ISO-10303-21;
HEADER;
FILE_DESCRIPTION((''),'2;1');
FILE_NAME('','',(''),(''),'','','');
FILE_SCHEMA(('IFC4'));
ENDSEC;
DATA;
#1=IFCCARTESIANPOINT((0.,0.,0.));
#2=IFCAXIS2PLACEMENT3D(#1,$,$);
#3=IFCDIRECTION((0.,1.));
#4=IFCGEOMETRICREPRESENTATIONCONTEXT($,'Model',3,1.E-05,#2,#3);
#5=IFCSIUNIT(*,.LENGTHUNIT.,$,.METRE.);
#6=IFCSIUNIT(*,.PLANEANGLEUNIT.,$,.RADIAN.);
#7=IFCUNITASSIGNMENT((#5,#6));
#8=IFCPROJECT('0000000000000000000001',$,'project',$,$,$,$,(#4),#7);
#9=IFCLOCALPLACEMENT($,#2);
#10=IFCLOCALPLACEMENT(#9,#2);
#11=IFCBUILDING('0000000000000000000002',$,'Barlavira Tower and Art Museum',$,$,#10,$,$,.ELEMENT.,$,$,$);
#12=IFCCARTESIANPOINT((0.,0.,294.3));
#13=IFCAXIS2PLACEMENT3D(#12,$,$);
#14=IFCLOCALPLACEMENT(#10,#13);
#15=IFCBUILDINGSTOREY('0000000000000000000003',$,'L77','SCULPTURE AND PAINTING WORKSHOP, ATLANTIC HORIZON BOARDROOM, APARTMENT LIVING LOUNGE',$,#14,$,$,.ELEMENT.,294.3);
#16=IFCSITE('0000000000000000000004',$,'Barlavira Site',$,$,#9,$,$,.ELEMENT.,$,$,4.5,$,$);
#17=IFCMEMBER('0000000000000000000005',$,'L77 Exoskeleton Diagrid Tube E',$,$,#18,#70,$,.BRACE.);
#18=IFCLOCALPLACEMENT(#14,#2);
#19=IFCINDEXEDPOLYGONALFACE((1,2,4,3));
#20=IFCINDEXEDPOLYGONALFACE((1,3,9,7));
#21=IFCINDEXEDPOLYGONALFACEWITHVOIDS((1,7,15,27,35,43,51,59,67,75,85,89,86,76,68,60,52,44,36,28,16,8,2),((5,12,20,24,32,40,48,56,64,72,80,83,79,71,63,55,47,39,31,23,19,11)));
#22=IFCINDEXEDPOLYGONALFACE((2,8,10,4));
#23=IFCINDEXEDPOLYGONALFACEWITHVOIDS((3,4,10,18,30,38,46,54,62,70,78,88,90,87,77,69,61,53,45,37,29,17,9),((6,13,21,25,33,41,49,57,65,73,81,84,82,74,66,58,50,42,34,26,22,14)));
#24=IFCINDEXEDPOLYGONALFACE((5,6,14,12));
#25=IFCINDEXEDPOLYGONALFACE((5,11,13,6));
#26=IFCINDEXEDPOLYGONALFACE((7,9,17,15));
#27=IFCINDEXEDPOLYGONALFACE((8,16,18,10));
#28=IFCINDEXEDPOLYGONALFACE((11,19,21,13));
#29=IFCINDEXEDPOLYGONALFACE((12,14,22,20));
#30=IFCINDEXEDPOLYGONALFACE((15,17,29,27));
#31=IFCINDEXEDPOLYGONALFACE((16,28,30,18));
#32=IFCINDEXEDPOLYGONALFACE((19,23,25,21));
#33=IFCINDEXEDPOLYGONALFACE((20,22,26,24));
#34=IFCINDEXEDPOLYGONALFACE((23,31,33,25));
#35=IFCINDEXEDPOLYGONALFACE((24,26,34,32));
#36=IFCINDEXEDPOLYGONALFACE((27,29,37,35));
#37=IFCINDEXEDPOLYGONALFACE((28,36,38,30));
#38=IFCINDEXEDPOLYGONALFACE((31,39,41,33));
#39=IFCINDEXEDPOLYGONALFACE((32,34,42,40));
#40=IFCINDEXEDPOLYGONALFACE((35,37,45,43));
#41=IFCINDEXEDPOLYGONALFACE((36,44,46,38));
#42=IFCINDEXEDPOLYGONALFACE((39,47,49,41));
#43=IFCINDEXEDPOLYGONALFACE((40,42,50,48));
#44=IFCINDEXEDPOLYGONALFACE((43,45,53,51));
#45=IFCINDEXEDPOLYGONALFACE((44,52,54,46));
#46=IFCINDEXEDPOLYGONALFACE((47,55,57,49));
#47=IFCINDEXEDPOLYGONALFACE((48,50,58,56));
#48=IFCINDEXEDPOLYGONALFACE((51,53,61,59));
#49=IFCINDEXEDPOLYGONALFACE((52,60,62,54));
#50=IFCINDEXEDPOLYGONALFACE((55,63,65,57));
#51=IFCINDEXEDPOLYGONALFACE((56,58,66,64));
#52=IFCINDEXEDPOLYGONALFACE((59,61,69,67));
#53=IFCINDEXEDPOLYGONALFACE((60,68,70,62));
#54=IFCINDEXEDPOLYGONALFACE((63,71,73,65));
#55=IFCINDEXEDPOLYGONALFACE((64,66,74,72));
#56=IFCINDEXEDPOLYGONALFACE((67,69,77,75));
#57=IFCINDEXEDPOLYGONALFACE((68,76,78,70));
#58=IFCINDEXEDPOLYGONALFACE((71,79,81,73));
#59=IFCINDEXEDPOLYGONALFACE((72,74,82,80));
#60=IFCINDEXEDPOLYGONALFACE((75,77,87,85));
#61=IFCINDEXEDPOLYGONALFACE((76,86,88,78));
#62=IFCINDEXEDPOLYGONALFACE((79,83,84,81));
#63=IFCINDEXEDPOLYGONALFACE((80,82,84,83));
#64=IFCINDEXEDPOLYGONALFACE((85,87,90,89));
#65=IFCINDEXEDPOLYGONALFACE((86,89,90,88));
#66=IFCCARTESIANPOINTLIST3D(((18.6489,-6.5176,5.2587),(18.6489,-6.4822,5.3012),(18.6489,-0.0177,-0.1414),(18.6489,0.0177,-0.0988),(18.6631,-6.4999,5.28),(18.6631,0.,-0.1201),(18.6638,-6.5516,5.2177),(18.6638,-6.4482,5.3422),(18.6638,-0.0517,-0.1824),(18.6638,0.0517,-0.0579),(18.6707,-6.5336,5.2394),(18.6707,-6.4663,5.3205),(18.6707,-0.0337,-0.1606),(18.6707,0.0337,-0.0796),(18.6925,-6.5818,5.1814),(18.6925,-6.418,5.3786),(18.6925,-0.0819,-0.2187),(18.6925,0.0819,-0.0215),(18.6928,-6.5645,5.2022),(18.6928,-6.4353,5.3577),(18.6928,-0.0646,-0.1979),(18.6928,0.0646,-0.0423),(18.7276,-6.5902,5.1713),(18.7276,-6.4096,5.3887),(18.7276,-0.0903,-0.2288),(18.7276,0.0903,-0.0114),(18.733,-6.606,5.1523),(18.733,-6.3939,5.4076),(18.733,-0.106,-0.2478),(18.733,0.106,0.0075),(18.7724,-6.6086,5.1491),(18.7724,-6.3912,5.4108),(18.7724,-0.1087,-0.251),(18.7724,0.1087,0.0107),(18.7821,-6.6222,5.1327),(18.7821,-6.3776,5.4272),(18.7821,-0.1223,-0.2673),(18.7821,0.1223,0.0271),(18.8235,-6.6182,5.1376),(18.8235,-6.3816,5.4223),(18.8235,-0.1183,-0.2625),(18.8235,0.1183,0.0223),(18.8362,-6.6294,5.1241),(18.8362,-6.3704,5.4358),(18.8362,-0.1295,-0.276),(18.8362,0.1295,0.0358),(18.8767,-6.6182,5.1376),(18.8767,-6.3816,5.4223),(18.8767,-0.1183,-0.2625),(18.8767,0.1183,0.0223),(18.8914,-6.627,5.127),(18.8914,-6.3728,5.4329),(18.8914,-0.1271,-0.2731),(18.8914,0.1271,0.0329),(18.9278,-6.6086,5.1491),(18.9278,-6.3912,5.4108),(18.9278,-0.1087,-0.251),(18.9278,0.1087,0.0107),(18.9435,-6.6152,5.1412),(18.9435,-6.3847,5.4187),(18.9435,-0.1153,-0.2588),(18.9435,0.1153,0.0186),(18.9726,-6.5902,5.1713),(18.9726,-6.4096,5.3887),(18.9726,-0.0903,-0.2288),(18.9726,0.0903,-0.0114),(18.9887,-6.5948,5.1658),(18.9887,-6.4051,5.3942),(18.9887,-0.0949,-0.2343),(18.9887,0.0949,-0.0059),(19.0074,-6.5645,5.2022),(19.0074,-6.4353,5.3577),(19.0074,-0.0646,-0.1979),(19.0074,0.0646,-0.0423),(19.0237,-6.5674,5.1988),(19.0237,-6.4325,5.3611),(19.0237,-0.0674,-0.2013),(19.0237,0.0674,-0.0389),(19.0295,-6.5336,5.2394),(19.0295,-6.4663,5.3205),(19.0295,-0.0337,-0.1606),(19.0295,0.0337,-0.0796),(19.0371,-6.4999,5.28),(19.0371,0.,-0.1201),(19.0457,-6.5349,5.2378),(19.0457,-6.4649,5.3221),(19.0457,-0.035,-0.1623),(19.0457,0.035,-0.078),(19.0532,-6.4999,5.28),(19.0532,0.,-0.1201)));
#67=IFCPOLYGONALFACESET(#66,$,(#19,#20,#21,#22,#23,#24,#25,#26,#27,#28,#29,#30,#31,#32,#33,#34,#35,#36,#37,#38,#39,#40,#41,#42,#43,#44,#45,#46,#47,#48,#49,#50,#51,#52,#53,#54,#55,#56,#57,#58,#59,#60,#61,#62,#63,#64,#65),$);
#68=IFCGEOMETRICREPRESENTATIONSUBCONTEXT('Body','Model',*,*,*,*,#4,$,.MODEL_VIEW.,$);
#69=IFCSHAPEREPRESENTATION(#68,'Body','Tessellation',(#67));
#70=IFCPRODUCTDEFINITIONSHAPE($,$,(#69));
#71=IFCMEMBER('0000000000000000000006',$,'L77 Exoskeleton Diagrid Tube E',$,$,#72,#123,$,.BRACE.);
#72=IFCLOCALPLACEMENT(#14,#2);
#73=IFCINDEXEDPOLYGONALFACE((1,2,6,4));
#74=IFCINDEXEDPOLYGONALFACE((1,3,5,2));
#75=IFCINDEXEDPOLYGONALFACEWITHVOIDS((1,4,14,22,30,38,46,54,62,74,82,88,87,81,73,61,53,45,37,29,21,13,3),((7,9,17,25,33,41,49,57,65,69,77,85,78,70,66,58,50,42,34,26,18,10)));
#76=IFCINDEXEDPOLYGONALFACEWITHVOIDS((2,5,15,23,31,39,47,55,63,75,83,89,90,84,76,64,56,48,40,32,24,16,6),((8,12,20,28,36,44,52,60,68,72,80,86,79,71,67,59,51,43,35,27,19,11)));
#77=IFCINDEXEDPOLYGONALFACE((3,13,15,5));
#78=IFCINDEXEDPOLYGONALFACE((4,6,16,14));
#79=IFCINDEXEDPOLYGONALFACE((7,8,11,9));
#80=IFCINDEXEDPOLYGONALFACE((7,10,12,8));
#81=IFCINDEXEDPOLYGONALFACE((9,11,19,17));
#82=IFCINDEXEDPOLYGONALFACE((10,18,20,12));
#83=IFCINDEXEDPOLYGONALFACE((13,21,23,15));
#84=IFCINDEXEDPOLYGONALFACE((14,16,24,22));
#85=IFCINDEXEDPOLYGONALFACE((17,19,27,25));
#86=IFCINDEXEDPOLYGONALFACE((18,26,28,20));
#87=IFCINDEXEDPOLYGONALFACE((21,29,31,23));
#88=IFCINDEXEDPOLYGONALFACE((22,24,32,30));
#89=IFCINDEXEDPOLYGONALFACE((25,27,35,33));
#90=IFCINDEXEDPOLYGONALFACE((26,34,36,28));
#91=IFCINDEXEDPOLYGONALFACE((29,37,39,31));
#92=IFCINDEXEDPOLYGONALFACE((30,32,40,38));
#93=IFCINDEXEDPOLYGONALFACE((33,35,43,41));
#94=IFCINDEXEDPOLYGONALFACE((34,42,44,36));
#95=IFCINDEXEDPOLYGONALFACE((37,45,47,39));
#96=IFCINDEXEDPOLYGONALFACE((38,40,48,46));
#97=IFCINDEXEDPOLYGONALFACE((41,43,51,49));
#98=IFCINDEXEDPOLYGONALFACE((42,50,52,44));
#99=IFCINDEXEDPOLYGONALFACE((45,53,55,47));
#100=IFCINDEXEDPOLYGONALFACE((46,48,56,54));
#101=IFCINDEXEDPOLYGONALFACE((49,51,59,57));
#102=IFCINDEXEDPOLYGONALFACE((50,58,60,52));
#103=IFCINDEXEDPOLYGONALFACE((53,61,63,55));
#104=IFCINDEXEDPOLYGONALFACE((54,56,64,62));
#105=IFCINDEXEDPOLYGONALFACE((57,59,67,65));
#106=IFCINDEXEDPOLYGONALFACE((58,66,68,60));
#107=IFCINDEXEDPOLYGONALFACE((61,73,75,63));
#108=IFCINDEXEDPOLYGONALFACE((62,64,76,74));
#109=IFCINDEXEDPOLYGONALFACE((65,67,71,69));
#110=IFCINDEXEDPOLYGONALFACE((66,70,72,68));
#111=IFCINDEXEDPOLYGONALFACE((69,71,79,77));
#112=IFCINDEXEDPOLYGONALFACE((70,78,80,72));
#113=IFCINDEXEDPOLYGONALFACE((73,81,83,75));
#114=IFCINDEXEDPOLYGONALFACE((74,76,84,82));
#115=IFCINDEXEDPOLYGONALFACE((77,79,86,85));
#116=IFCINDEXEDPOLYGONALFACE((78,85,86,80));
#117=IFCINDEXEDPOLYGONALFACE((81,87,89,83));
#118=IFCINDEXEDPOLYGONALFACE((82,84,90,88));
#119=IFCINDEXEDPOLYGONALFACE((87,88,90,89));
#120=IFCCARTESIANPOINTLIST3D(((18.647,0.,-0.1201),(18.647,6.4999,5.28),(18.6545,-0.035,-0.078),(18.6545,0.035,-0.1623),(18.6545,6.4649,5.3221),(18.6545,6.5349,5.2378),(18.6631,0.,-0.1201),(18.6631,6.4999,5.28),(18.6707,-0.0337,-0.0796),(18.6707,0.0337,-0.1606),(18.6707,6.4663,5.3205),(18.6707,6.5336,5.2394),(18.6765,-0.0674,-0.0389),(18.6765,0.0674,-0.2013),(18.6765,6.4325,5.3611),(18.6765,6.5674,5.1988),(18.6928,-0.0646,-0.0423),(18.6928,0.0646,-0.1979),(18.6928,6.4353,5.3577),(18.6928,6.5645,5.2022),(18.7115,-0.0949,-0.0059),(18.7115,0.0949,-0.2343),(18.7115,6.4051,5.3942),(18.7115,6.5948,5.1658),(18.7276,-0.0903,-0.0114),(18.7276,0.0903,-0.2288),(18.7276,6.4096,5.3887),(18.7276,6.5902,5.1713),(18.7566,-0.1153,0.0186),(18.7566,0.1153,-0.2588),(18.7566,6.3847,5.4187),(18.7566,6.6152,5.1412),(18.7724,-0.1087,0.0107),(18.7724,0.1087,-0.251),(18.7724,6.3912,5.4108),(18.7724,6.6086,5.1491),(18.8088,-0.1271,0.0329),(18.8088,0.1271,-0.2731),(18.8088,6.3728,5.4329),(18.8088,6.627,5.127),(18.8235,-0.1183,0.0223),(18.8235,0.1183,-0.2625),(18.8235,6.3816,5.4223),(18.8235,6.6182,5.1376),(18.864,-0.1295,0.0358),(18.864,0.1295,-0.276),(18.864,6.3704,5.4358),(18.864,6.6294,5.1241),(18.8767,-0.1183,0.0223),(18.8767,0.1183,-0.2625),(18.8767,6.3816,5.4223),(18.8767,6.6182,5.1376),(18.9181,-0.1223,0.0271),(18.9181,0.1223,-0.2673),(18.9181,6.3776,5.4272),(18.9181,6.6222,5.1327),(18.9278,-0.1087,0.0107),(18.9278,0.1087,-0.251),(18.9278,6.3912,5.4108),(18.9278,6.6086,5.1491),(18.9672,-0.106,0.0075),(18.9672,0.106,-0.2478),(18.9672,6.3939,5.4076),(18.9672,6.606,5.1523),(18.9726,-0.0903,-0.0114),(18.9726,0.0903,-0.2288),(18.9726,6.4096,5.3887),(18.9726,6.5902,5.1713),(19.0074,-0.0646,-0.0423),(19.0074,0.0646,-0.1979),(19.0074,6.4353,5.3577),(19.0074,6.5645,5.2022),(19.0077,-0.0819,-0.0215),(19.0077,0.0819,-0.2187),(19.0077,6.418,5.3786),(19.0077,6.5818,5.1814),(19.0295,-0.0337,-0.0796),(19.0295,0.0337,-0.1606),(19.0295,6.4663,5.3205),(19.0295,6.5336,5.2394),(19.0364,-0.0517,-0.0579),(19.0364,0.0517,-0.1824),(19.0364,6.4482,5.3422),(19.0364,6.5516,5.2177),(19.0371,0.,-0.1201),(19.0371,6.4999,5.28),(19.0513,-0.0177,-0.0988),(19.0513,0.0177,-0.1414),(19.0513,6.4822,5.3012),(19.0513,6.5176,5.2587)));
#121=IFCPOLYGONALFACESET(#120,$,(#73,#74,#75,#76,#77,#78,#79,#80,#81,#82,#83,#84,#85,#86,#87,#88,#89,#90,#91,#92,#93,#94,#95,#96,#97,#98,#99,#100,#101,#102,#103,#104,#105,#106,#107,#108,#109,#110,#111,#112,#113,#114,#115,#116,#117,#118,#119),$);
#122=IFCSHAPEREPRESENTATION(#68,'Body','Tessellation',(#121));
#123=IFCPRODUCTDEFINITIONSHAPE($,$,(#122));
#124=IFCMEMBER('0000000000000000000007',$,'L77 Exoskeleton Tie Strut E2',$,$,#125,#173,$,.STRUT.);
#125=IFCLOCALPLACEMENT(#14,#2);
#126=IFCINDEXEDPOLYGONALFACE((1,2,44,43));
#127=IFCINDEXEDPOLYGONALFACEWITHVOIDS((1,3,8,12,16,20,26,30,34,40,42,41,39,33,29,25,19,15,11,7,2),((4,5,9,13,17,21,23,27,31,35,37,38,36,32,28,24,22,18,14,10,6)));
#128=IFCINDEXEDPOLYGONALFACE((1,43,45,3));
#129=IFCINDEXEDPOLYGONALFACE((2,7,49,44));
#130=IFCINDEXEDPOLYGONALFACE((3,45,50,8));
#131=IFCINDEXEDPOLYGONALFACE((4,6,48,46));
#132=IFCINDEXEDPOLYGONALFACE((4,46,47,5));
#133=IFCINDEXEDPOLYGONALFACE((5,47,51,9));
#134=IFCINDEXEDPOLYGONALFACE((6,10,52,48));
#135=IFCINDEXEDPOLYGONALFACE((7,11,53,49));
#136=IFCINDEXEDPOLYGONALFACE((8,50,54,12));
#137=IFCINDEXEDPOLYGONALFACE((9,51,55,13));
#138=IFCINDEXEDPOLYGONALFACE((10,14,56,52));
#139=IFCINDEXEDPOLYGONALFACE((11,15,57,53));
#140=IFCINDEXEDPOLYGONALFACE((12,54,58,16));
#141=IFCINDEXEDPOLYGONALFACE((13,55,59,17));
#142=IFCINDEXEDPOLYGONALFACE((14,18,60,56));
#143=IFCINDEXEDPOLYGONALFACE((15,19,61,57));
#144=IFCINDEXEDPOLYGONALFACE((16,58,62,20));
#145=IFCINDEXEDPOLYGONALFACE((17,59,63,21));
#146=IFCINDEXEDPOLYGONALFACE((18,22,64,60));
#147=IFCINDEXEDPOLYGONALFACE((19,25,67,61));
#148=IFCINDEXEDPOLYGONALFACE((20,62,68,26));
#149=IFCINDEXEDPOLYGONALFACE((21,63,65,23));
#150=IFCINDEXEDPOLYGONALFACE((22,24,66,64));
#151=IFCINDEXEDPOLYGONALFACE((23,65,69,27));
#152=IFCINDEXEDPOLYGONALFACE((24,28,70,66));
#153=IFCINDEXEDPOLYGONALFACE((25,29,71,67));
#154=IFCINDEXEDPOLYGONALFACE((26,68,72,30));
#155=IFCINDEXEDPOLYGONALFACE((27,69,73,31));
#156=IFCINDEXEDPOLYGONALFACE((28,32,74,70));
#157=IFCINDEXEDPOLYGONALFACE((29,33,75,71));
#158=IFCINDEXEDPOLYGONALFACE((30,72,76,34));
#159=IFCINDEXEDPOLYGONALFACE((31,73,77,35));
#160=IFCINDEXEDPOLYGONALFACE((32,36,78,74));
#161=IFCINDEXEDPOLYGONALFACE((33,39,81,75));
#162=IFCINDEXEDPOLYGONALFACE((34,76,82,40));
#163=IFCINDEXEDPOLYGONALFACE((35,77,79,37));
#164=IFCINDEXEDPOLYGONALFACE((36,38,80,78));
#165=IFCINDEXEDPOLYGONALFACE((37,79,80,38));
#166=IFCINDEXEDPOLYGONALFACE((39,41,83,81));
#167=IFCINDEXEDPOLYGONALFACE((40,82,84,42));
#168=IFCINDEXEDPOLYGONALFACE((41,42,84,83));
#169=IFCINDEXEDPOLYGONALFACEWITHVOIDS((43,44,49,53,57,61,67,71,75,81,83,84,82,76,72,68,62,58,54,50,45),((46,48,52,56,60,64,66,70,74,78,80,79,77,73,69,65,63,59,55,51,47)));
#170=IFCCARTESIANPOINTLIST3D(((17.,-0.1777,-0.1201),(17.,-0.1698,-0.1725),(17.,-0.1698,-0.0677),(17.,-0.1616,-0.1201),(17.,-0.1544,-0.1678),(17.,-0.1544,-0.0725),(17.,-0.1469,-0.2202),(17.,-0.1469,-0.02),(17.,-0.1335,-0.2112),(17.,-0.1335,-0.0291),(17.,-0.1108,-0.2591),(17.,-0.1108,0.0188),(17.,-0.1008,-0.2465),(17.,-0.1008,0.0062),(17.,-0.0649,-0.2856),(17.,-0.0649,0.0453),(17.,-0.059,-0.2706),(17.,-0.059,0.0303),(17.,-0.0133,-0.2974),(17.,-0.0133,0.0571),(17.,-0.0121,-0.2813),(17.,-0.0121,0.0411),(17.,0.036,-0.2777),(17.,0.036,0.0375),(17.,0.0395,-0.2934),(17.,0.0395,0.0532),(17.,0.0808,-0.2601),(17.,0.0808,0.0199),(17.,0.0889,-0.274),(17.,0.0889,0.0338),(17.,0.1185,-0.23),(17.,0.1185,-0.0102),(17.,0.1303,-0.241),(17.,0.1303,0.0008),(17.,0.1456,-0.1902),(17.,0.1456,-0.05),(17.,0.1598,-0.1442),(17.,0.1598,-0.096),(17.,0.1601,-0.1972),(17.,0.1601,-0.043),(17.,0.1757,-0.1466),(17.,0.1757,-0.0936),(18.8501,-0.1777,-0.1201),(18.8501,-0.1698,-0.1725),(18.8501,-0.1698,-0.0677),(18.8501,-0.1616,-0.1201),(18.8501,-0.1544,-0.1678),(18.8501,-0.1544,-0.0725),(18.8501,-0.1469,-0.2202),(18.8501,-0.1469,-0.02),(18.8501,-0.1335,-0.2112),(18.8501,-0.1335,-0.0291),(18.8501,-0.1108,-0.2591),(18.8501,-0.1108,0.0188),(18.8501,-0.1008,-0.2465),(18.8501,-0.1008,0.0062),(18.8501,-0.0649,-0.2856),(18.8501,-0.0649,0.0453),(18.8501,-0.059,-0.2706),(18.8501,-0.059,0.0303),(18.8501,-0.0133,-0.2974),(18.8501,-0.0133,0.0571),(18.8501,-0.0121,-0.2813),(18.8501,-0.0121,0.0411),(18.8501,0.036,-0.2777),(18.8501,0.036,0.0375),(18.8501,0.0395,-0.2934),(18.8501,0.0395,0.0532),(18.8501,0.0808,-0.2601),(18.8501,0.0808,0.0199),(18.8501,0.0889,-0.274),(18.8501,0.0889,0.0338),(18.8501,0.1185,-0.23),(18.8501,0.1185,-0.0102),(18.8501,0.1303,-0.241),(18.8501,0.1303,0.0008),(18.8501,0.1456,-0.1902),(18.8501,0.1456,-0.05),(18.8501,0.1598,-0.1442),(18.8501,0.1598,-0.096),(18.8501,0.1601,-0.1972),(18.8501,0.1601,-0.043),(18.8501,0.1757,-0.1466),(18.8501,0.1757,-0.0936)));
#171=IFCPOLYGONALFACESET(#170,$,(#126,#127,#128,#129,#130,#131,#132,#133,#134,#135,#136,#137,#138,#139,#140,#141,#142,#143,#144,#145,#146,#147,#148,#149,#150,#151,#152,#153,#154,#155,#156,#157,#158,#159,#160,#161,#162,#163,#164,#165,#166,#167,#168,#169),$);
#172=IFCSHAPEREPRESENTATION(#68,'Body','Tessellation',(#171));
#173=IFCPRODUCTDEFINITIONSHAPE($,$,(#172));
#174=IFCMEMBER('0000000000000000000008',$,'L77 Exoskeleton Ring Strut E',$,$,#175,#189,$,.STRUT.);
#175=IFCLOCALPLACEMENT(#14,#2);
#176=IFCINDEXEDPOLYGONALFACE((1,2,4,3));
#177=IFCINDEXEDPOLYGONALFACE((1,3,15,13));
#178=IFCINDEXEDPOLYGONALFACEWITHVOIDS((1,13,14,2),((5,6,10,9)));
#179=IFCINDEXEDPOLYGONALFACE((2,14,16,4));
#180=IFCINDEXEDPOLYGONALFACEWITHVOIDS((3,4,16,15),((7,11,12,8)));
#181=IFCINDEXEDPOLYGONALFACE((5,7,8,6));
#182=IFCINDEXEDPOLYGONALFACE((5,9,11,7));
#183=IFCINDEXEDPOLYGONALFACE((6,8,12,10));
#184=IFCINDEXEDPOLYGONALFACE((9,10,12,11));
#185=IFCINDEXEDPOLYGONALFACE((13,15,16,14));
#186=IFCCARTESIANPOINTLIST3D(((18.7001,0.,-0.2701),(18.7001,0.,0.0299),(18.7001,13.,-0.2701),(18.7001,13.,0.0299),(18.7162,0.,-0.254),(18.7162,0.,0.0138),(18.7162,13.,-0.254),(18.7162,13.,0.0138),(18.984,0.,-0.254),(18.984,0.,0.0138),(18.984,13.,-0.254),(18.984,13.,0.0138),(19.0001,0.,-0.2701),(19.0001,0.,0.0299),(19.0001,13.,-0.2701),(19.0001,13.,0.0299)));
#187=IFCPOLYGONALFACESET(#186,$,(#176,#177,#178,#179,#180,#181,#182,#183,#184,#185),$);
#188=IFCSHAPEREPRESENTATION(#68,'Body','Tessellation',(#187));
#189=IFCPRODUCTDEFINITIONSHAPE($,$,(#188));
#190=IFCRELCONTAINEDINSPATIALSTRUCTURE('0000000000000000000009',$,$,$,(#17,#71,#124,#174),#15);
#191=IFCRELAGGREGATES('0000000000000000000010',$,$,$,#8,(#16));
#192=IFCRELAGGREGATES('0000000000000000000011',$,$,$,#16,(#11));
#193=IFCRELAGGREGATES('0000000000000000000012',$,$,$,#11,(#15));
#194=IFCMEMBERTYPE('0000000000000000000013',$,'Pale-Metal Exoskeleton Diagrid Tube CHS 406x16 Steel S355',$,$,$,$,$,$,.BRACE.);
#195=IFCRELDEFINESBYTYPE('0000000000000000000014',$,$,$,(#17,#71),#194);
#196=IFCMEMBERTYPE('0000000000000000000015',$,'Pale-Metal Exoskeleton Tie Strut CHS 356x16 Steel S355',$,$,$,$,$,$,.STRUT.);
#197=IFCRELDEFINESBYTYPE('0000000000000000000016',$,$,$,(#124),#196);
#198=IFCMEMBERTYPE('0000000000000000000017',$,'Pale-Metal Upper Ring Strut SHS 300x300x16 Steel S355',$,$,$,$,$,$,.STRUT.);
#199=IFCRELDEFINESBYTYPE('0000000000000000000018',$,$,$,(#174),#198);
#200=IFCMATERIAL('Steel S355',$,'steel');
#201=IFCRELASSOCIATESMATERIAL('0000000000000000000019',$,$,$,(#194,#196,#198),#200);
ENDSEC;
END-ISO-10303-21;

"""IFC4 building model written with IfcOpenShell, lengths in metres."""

from ifc_helpers import new_model, si_unit, direction, frame, origin, origin_2d, place, context, subcontext, project, spatial, hollow_rectangle, hollow_circle, extrude, material, material_profile, profile_set, type_object, element, save


model = new_model("IFC4")

# Units and contexts
model_context = context("Model", 3, precision=1e-05, world=origin(), true_north=direction((0.0, 1.0)))
body_context = subcontext(model_context, "Body", "Model", "MODEL_VIEW")
ifc_project = project(units=[si_unit("LENGTHUNIT", "METRE"), si_unit("PLANEANGLEUNIT", "RADIAN")], contexts=[model_context])

# Site, building, storey
site_placement = place(None, origin())
site = spatial("IfcSite", under=ifc_project, at=site_placement, Name="Barlavira Site", CompositionType="ELEMENT", RefElevation=4.5)
building_placement = place(site_placement, origin())
building = spatial("IfcBuilding", under=site, at=building_placement, Name="Barlavira Tower and Art Museum", CompositionType="ELEMENT")
storey_placement = place(building_placement, frame((0.0, 0.0, 294.3)))
storey = spatial("IfcBuildingStorey", under=building, at=storey_placement, Name="L77", Description="SCULPTURE AND PAINTING WORKSHOP, ATLANTIC HORIZON BOARDROOM, APARTMENT LIVING LOUNGE", CompositionType="ELEMENT", Elevation=294.3)

# Members
ifc_material_1 = material(Name="Steel S355", Category="steel")
ifc_material_profile_1 = material_profile(ifc_material_1, hollow_circle(Radius=0.2031, WallThickness=0.0161, at=origin_2d()), Name="CHS 406.4x16.0")
ifc_profile_set_1 = profile_set([ifc_material_profile_1], Name="Steel S355")
member_type_1 = type_object("IfcMemberType", Name="Pale-Metal Exoskeleton Diagrid Tube CHS 406x16 Steel S355", PredefinedType="BRACE", material=ifc_profile_set_1)
for number, where, z_axis, x_axis, name in (
    (1, (18.8501, 0.0, -0.1201), (0.0, -0.769182, 0.63903), (1.0, 0.0, 0.0), "L77 Exoskeleton Diagrid Tube E"),
    (2, (18.8501, 0.0, -0.1201), (0.0, 0.769182, 0.63903), (-1.0, 0.0, 0.0), "L77 Exoskeleton Diagrid Tube E"),
):
    element("IfcMember", number, at=place(storey_placement, frame(where, z_axis=z_axis, x_axis=x_axis)), inside=storey, type_object=member_type_1, Name=name, PredefinedType="BRACE", context=body_context, shape_type="SweptSolid", body=[
        extrude(hollow_circle(Radius=0.2031, WallThickness=0.0161, at=origin_2d()), origin(), (0.0, 0.0, 1.0), 8.4504),
    ])
ifc_material_profile_2 = material_profile(ifc_material_1, hollow_circle(Radius=0.1777, WallThickness=0.0161, at=origin_2d()), Name="CHS 355.6x16.0")
ifc_profile_set_2 = profile_set([ifc_material_profile_2], Name="Steel S355")
member_type_2 = type_object("IfcMemberType", Name="Pale-Metal Exoskeleton Tie Strut CHS 356x16 Steel S355", PredefinedType="STRUT", material=ifc_profile_set_2)
member_1_placement = place(storey_placement, frame((18.8501, 0.0, -0.1201), z_axis=(-1.0, 0.0, 0.0), x_axis=(0.0, -1.0, 0.0)))
element("IfcMember", 3, at=member_1_placement, inside=storey, type_object=member_type_2, Name="L77 Exoskeleton Tie Strut E2", PredefinedType="STRUT", context=body_context, shape_type="SweptSolid", body=[
    extrude(hollow_circle(Radius=0.1777, WallThickness=0.0161, at=origin_2d()), origin(), (0.0, 0.0, 1.0), 1.8501),
])
ifc_material_profile_3 = material_profile(ifc_material_1, hollow_rectangle(XDim=0.3, YDim=0.3, WallThickness=0.0161, at=origin_2d()), Name="SHS 300x300x16.0")
ifc_profile_set_3 = profile_set([ifc_material_profile_3], Name="Steel S355")
member_type_3 = type_object("IfcMemberType", Name="Pale-Metal Upper Ring Strut SHS 300x300x16 Steel S355", PredefinedType="STRUT", material=ifc_profile_set_3)
member_2_placement = place(storey_placement, frame((18.8501, 0.0, -0.1201), z_axis=(0.0, 1.0, 0.0), x_axis=(-1.0, 0.0, 0.0)))
element("IfcMember", 4, at=member_2_placement, inside=storey, type_object=member_type_3, Name="L77 Exoskeleton Ring Strut E", PredefinedType="STRUT", context=body_context, shape_type="SweptSolid", body=[
    extrude(hollow_rectangle(XDim=0.3, YDim=0.3, WallThickness=0.0161, at=origin_2d()), origin(), (0.0, 0.0, 1.0), 13.0),
])

save(model, "model.ifc")
